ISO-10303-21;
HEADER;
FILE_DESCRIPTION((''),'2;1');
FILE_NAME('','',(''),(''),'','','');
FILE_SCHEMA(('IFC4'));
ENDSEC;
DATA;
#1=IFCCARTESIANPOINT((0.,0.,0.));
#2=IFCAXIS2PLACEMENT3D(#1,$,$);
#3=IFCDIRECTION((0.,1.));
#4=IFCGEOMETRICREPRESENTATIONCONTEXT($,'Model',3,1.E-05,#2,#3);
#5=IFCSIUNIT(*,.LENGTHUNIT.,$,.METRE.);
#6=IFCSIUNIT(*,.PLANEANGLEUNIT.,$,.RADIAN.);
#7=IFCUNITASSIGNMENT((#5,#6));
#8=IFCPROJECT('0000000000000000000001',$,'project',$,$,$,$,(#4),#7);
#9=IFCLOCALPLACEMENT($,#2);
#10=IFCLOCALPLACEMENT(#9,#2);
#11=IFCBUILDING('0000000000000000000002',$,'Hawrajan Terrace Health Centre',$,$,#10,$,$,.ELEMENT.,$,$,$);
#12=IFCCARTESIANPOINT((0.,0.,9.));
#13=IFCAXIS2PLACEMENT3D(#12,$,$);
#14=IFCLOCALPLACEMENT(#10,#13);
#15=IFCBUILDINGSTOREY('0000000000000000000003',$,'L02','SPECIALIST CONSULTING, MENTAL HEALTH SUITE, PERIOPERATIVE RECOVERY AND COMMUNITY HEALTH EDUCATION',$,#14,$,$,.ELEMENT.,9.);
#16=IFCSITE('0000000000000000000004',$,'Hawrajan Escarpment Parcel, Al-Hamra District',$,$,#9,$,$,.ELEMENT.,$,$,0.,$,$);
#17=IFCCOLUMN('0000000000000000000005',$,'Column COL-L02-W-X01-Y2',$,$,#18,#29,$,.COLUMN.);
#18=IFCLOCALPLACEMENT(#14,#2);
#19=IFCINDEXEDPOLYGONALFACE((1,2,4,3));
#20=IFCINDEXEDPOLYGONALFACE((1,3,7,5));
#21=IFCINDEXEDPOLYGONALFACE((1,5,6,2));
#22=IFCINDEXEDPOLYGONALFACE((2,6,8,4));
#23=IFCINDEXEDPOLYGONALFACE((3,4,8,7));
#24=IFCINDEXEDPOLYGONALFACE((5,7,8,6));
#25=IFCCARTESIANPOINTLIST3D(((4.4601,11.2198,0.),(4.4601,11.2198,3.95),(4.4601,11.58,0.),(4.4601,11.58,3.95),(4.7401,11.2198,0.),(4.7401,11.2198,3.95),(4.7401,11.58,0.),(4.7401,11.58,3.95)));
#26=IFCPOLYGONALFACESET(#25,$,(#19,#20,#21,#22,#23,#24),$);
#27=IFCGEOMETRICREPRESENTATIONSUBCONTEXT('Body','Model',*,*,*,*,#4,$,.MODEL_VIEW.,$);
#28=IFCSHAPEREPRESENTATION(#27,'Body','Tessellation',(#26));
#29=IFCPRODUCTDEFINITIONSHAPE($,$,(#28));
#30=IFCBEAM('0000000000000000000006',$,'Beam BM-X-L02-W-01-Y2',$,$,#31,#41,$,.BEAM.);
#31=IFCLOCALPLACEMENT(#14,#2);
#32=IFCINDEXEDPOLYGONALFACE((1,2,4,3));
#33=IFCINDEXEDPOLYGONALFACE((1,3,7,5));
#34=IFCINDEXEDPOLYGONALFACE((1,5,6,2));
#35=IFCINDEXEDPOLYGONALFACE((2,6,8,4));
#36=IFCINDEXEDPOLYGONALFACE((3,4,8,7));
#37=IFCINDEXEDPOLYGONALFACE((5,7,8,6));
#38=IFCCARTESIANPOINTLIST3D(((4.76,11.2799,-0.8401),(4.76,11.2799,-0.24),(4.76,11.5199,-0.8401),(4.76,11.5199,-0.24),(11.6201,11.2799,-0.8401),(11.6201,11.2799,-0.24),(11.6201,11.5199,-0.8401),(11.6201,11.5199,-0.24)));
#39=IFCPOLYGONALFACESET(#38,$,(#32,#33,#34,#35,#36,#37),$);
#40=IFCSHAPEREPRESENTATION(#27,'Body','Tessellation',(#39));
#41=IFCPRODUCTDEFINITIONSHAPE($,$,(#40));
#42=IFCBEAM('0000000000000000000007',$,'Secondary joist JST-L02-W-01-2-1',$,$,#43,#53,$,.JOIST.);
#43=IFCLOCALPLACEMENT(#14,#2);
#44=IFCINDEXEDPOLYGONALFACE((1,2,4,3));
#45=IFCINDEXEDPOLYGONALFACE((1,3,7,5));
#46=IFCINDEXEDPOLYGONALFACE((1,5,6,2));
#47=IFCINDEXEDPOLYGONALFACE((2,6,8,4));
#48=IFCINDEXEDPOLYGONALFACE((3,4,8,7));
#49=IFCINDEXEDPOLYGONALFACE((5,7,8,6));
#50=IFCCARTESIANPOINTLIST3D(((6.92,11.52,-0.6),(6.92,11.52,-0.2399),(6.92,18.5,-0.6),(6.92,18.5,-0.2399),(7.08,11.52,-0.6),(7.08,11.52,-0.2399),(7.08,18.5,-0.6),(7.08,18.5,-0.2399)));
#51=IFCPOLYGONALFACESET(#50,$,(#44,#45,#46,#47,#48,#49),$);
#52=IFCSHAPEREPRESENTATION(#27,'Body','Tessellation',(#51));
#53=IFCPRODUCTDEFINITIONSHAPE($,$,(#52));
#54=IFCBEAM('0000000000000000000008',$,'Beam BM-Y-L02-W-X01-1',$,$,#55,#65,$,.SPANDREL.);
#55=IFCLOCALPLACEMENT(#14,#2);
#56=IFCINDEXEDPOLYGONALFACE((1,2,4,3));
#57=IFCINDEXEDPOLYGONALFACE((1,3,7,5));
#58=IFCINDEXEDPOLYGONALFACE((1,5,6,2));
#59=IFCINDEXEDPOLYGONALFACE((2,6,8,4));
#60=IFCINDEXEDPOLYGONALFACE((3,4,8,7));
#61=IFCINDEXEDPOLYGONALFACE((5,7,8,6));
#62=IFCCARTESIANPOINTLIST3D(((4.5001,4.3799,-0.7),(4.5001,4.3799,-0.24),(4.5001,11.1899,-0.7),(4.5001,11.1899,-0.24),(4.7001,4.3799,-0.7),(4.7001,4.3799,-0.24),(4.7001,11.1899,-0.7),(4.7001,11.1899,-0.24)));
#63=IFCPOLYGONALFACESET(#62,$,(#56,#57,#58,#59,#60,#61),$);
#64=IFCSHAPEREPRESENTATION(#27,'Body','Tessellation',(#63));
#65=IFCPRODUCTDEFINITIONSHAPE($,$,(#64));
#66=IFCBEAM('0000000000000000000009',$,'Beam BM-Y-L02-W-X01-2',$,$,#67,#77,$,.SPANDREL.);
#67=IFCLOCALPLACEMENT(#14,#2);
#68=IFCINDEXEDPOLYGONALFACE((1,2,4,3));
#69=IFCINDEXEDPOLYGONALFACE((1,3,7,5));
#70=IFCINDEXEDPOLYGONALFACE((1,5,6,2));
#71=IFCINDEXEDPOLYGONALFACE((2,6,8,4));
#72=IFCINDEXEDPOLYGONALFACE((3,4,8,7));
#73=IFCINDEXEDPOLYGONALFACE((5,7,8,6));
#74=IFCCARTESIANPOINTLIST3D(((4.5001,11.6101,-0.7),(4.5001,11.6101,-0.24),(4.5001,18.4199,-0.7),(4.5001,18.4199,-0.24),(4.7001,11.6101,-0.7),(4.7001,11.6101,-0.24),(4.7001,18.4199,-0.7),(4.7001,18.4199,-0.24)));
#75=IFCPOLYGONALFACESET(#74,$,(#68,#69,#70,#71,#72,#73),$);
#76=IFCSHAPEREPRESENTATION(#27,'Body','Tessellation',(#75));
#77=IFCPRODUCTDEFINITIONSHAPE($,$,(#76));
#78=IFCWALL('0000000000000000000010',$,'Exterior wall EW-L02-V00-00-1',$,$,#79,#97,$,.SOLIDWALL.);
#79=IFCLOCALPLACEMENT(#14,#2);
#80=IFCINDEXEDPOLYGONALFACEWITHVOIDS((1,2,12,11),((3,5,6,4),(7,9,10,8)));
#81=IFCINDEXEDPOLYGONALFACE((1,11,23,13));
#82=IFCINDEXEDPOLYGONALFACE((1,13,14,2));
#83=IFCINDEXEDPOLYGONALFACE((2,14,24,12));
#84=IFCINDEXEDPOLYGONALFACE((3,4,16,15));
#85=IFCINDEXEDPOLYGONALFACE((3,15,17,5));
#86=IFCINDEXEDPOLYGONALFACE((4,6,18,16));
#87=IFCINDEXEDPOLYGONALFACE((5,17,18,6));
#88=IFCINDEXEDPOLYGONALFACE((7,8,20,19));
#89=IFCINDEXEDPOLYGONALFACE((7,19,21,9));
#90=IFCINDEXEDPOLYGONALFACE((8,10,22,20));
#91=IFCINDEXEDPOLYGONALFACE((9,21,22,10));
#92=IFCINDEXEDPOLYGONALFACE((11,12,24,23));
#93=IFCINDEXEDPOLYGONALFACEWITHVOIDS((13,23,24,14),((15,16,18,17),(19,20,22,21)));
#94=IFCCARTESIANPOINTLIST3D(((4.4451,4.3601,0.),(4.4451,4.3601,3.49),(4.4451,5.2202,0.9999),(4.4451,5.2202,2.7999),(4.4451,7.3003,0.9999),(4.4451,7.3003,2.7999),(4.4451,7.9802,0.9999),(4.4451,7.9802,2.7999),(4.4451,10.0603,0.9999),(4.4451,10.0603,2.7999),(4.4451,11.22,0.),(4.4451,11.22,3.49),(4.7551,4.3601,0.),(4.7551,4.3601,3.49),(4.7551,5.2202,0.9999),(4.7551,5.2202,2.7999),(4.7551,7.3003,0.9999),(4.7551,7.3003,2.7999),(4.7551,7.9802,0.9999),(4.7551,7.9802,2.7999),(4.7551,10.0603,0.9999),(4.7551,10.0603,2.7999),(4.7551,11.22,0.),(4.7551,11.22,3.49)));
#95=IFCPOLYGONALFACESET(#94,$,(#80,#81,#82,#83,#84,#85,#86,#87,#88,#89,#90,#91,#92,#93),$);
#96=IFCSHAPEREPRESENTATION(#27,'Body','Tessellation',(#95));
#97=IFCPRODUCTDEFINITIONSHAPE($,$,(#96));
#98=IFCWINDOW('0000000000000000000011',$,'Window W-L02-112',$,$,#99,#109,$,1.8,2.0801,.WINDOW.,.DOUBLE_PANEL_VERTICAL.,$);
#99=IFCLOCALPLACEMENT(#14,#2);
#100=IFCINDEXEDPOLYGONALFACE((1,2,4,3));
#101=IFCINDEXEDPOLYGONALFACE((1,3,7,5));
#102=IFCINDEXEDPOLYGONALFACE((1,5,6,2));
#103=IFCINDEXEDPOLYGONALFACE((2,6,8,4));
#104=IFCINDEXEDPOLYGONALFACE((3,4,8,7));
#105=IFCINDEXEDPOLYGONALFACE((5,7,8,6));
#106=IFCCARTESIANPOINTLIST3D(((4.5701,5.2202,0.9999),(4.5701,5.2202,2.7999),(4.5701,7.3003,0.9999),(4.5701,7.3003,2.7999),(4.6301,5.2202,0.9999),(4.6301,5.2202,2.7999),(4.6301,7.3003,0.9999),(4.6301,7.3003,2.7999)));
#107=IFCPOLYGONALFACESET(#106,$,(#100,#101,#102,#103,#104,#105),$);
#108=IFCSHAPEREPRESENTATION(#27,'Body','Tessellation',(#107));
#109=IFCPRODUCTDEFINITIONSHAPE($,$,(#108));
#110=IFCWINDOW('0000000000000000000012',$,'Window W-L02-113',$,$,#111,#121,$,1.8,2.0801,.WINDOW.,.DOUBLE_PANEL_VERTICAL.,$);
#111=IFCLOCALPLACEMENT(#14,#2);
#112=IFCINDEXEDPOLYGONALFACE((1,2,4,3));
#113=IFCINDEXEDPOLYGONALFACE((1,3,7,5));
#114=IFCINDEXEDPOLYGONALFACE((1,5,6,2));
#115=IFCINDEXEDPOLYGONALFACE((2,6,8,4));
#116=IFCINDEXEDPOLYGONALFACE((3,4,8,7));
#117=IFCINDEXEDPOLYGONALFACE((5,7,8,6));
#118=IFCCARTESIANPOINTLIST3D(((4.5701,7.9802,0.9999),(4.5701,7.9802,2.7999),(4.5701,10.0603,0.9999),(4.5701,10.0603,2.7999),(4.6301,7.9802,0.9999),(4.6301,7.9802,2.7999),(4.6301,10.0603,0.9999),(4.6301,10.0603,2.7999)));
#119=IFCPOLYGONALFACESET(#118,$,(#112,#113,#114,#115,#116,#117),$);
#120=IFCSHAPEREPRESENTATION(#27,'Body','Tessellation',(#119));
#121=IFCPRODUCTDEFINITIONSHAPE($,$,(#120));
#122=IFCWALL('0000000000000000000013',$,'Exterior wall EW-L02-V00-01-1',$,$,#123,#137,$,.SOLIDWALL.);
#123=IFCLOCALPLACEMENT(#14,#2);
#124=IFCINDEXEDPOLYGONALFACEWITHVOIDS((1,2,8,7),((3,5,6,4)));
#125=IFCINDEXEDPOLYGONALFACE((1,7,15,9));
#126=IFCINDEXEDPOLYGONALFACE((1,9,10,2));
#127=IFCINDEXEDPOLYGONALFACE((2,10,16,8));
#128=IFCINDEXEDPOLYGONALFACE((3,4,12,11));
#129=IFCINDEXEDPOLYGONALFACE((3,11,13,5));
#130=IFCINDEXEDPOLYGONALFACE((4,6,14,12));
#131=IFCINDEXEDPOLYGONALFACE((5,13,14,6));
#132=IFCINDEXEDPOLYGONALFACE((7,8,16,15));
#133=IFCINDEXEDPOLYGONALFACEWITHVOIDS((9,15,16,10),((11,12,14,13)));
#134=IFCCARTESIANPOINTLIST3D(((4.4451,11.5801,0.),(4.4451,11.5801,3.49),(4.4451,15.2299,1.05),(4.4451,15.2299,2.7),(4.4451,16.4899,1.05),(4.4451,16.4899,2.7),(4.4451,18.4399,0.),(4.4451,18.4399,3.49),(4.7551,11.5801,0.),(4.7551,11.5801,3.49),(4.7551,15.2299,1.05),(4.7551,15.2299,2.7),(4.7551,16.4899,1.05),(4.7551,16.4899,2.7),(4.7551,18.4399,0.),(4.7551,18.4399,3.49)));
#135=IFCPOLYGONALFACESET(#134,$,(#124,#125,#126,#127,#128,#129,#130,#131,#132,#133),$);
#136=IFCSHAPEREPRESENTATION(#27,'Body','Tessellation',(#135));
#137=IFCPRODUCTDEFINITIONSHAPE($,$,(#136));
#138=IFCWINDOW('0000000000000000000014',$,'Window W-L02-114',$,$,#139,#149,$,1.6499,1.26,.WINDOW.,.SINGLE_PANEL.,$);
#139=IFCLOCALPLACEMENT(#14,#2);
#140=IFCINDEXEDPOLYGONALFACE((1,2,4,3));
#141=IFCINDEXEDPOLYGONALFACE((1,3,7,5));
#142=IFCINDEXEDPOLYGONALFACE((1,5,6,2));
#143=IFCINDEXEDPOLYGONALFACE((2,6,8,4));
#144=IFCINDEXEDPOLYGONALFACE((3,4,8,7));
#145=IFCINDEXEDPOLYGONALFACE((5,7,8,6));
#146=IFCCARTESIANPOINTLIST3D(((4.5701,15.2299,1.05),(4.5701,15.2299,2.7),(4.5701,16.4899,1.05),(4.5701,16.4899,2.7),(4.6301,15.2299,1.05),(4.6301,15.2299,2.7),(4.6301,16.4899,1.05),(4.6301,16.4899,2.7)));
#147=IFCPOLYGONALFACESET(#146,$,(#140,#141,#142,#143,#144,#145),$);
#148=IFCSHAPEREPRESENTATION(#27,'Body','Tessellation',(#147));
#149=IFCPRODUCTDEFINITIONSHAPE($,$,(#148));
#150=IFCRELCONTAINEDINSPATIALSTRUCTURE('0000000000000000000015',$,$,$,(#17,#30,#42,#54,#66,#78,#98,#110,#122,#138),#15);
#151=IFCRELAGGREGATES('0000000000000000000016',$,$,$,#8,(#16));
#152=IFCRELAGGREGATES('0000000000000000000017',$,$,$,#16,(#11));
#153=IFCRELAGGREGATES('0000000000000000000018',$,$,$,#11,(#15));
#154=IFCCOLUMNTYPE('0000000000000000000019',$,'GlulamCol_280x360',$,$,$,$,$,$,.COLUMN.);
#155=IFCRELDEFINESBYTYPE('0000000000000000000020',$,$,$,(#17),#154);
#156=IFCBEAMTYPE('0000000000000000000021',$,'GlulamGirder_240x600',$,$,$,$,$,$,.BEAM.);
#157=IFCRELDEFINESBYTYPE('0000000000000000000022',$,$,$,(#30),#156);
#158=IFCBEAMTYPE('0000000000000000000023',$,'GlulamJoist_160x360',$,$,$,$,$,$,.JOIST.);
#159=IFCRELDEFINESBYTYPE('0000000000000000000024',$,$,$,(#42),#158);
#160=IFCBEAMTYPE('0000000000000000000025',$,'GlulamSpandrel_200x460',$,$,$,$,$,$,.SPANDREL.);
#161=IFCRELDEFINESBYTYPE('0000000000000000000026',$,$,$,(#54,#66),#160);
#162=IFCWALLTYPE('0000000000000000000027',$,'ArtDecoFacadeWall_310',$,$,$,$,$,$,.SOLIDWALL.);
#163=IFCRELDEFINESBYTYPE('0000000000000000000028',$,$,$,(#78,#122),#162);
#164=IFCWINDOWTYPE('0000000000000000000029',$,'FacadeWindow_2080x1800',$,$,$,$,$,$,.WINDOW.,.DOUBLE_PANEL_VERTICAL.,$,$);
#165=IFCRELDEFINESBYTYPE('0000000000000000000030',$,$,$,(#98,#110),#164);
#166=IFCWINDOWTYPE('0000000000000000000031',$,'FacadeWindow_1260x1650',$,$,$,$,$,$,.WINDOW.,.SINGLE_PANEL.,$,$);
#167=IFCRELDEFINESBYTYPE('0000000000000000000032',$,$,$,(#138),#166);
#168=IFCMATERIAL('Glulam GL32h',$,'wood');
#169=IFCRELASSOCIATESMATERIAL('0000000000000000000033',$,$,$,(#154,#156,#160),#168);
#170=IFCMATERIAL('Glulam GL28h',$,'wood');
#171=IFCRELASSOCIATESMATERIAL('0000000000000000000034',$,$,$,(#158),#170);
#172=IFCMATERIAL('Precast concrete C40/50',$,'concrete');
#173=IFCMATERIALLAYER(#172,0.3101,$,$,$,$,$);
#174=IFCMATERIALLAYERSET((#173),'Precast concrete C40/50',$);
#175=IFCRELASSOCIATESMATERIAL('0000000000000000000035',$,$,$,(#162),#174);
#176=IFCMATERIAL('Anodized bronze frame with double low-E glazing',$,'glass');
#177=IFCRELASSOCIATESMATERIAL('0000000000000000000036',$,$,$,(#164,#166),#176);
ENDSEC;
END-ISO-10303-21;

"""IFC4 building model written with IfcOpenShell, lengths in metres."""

from ifc_helpers import new_model, si_unit, direction, frame, frame_2d, origin, origin_2d, place, context, subcontext, project, spatial, rectangle, extrude, material, layer, layer_set, material_profile, profile_set, type_object, element, fill, save


model = new_model("IFC4")

# Units and contexts
model_context = context("Model", 3, precision=1e-05, world=origin(), true_north=direction((0.0, 1.0)))
body_context = subcontext(model_context, "Body", "Model", "MODEL_VIEW")
ifc_project = project(units=[si_unit("LENGTHUNIT", "METRE"), si_unit("PLANEANGLEUNIT", "RADIAN")], contexts=[model_context])

# Site, building, storey
site_placement = place(None, origin())
site = spatial("IfcSite", under=ifc_project, at=site_placement, Name="Hawrajan Escarpment Parcel, Al-Hamra District", CompositionType="ELEMENT", RefElevation=0.0)
building_placement = place(site_placement, origin())
building = spatial("IfcBuilding", under=site, at=building_placement, Name="Hawrajan Terrace Health Centre", CompositionType="ELEMENT")
storey_placement = place(building_placement, frame((0.0, 0.0, 9.0)))
storey = spatial("IfcBuildingStorey", under=building, at=storey_placement, Name="L02", Description="SPECIALIST CONSULTING, MENTAL HEALTH SUITE, PERIOPERATIVE RECOVERY AND COMMUNITY HEALTH EDUCATION", CompositionType="ELEMENT", Elevation=9.0)

# Column
ifc_material_1 = material(Name="Glulam GL32h", Category="wood")
ifc_material_profile_1 = material_profile(ifc_material_1, rectangle(XDim=0.28, YDim=0.3601, at=origin_2d()), Name="GL 280x360")
ifc_profile_set_1 = profile_set([ifc_material_profile_1], Name="Glulam GL32h")
column_type = type_object("IfcColumnType", Name="GlulamCol_280x360", PredefinedType="COLUMN", material=ifc_profile_set_1)
column_placement = place(storey_placement, frame((4.6001, 11.3999, 0.0), z_axis=(0.0, 0.0, 1.0), x_axis=(1.0, 0.0, 0.0)))
element("IfcColumn", 1, at=column_placement, inside=storey, type_object=column_type, Name="Column COL-L02-W-X01-Y2", PredefinedType="COLUMN", context=body_context, shape_type="SweptSolid", body=[
    extrude(rectangle(XDim=0.28, YDim=0.3601, at=origin_2d()), origin(), (0.0, 0.0, 1.0), 3.95),
])

# Beams
ifc_material_profile_2 = material_profile(ifc_material_1, rectangle(XDim=0.24, YDim=0.6001, at=origin_2d()), Name="GL BM 240x600")
ifc_profile_set_2 = profile_set([ifc_material_profile_2], Name="Glulam GL32h")
beam_type_1 = type_object("IfcBeamType", Name="GlulamGirder_240x600", PredefinedType="BEAM", material=ifc_profile_set_2)
beam_1_placement = place(storey_placement, frame((4.76, 11.3999, -0.54), z_axis=(1.0, 0.0, 0.0), x_axis=(0.0, 1.0, 0.0)))
element("IfcBeam", 2, at=beam_1_placement, inside=storey, type_object=beam_type_1, Name="Beam BM-X-L02-W-01-Y2", PredefinedType="BEAM", context=body_context, shape_type="SweptSolid", body=[
    extrude(rectangle(XDim=0.24, YDim=0.6001, at=origin_2d()), origin(), (0.0, 0.0, 1.0), 6.8601),
])
ifc_material_2 = material(Name="Glulam GL28h", Category="wood")
ifc_material_profile_3 = material_profile(ifc_material_2, rectangle(XDim=0.1599, YDim=0.3601, at=origin_2d()), Name="GL JST 160x360")
ifc_profile_set_3 = profile_set([ifc_material_profile_3], Name="Glulam GL28h")
beam_type_2 = type_object("IfcBeamType", Name="GlulamJoist_160x360", PredefinedType="JOIST", material=ifc_profile_set_3)
beam_2_placement = place(storey_placement, frame((7.0, 11.52, -0.4199), z_axis=(0.0, 1.0, 0.0), x_axis=(-1.0, 0.0, 0.0)))
element("IfcBeam", 3, at=beam_2_placement, inside=storey, type_object=beam_type_2, Name="Secondary joist JST-L02-W-01-2-1", PredefinedType="JOIST", context=body_context, shape_type="SweptSolid", body=[
    extrude(rectangle(XDim=0.1599, YDim=0.3601, at=origin_2d()), origin(), (0.0, 0.0, 1.0), 6.98),
])
ifc_material_profile_4 = material_profile(ifc_material_1, rectangle(XDim=0.2, YDim=0.46, at=origin_2d()), Name="GL SP 200x460")
ifc_profile_set_4 = profile_set([ifc_material_profile_4], Name="Glulam GL32h")
beam_type_3 = type_object("IfcBeamType", Name="GlulamSpandrel_200x460", PredefinedType="SPANDREL", material=ifc_profile_set_4)
beam_3_placement = place(storey_placement, frame((4.6001, 4.3799, -0.47), z_axis=(0.0, 1.0, 0.0), x_axis=(-1.0, 0.0, 0.0)))
element("IfcBeam", 4, at=beam_3_placement, inside=storey, type_object=beam_type_3, Name="Beam BM-Y-L02-W-X01-1", PredefinedType="SPANDREL", context=body_context, shape_type="SweptSolid", body=[
    extrude(rectangle(XDim=0.2, YDim=0.46, at=origin_2d()), origin(), (0.0, 0.0, 1.0), 6.8101),
])
beam_4_placement = place(storey_placement, frame((4.6001, 11.6101, -0.47), z_axis=(0.0, 1.0, 0.0), x_axis=(-1.0, 0.0, 0.0)))
element("IfcBeam", 5, at=beam_4_placement, inside=storey, type_object=beam_type_3, Name="Beam BM-Y-L02-W-X01-2", PredefinedType="SPANDREL", context=body_context, shape_type="SweptSolid", body=[
    extrude(rectangle(XDim=0.2, YDim=0.46, at=origin_2d()), origin(), (0.0, 0.0, 1.0), 6.8098),
])

# Wall, openings, windows
ifc_material_3 = material(Name="Precast concrete C40/50", Category="concrete")
ifc_layer_1 = layer(ifc_material_3, 0.3101)
ifc_layer_set_1 = layer_set([ifc_layer_1], Name="Precast concrete C40/50")
wall_type_1 = type_object("IfcWallType", Name="ArtDecoFacadeWall_310", PredefinedType="SOLIDWALL", material=ifc_layer_set_1)
wall_1_placement = place(storey_placement, frame((4.6001, 4.3601, 0.0), z_axis=(0.0, 0.0, 1.0), x_axis=(0.0, 1.0, 0.0)))
wall_1 = element("IfcWall", 6, at=wall_1_placement, inside=storey, type_object=wall_type_1, Name="Exterior wall EW-L02-V00-00-1", PredefinedType="SOLIDWALL", context=body_context, shape_type="SweptSolid", body=[
    extrude(rectangle(XDim=6.8599, YDim=0.3101, at=frame_2d((3.4299, 0.0))), origin(), (0.0, 0.0, 1.0), 3.49),
])
opening_1_placement = place(wall_1_placement, frame((0.8601, 0.0, 1.0)))
opening_1 = element("IfcOpeningElement", 7, at=opening_1_placement, cuts=wall_1, PredefinedType="OPENING", context=body_context, shape_type="SweptSolid", body=[
    extrude(rectangle(XDim=2.0801, YDim=1.8, at=frame_2d((1.04, 0.8999))), frame((0.0, 0.165, 0.0), z_axis=(0.0, -1.0, 0.0), x_axis=(1.0, 0.0, 0.0)), (0.0, 0.0, 1.0), 0.3301),
])
opening_2_placement = place(wall_1_placement, frame((3.6201, 0.0, 1.0)))
opening_2 = element("IfcOpeningElement", 8, at=opening_2_placement, cuts=wall_1, PredefinedType="OPENING", context=body_context, shape_type="SweptSolid", body=[
    extrude(rectangle(XDim=2.0801, YDim=1.8, at=frame_2d((1.04, 0.8999))), frame((0.0, 0.165, 0.0), z_axis=(0.0, -1.0, 0.0), x_axis=(1.0, 0.0, 0.0)), (0.0, 0.0, 1.0), 0.3301),
])
ifc_material_4 = material(Name="Anodized bronze frame with double low-E glazing", Category="glass")
window_type_1 = type_object("IfcWindowType", Name="FacadeWindow_2080x1800", PartitioningType="DOUBLE_PANEL_VERTICAL", PredefinedType="WINDOW", material=ifc_material_4)
window_1_placement = place(opening_1_placement, origin())
window_1 = element("IfcWindow", 9, at=window_1_placement, inside=storey, type_object=window_type_1, Name="Window W-L02-112", OverallHeight=1.8, OverallWidth=2.0801, PartitioningType="DOUBLE_PANEL_VERTICAL", PredefinedType="WINDOW", context=body_context, shape_type="SweptSolid", body=[
    extrude(rectangle(XDim=2.0801, YDim=1.8, at=frame_2d((1.04, 0.8999))), frame((0.0, 0.03, 0.0), z_axis=(0.0, -1.0, 0.0), x_axis=(1.0, 0.0, 0.0)), (0.0, 0.0, 1.0), 0.0601),
])
fill(opening_1, window_1)
window_2_placement = place(opening_2_placement, origin())
window_2 = element("IfcWindow", 10, at=window_2_placement, inside=storey, type_object=window_type_1, Name="Window W-L02-113", OverallHeight=1.8, OverallWidth=2.0801, PartitioningType="DOUBLE_PANEL_VERTICAL", PredefinedType="WINDOW", context=body_context, shape_type="SweptSolid", body=[
    extrude(rectangle(XDim=2.0801, YDim=1.8, at=frame_2d((1.04, 0.8999))), frame((0.0, 0.03, 0.0), z_axis=(0.0, -1.0, 0.0), x_axis=(1.0, 0.0, 0.0)), (0.0, 0.0, 1.0), 0.0601),
])
fill(opening_2, window_2)

# Wall, opening, window
wall_2_placement = place(storey_placement, frame((4.6001, 11.5801, 0.0), z_axis=(0.0, 0.0, 1.0), x_axis=(0.0, 1.0, 0.0)))
wall_2 = element("IfcWall", 11, at=wall_2_placement, inside=storey, type_object=wall_type_1, Name="Exterior wall EW-L02-V00-01-1", PredefinedType="SOLIDWALL", context=body_context, shape_type="SweptSolid", body=[
    extrude(rectangle(XDim=6.8599, YDim=0.3101, at=frame_2d((3.4299, 0.0))), origin(), (0.0, 0.0, 1.0), 3.49),
])
opening_3_placement = place(wall_2_placement, frame((3.6499, 0.0, 1.05)))
opening_3 = element("IfcOpeningElement", 12, at=opening_3_placement, cuts=wall_2, PredefinedType="OPENING", context=body_context, shape_type="SweptSolid", body=[
    extrude(rectangle(XDim=1.26, YDim=1.6499, at=frame_2d((0.6299, 0.825))), frame((0.0, 0.165, 0.0), z_axis=(0.0, -1.0, 0.0), x_axis=(1.0, 0.0, 0.0)), (0.0, 0.0, 1.0), 0.3301),
])
window_type_2 = type_object("IfcWindowType", Name="FacadeWindow_1260x1650", PartitioningType="SINGLE_PANEL", PredefinedType="WINDOW", material=ifc_material_4)
window_3_placement = place(opening_3_placement, origin())
window_3 = element("IfcWindow", 13, at=window_3_placement, inside=storey, type_object=window_type_2, Name="Window W-L02-114", OverallHeight=1.6499, OverallWidth=1.26, PartitioningType="SINGLE_PANEL", PredefinedType="WINDOW", context=body_context, shape_type="SweptSolid", body=[
    extrude(rectangle(XDim=1.26, YDim=1.6499, at=frame_2d((0.6299, 0.825))), frame((0.0, 0.03, 0.0), z_axis=(0.0, -1.0, 0.0), x_axis=(1.0, 0.0, 0.0)), (0.0, 0.0, 1.0), 0.0601),
])
fill(opening_3, window_3)

save(model, "model.ifc")
